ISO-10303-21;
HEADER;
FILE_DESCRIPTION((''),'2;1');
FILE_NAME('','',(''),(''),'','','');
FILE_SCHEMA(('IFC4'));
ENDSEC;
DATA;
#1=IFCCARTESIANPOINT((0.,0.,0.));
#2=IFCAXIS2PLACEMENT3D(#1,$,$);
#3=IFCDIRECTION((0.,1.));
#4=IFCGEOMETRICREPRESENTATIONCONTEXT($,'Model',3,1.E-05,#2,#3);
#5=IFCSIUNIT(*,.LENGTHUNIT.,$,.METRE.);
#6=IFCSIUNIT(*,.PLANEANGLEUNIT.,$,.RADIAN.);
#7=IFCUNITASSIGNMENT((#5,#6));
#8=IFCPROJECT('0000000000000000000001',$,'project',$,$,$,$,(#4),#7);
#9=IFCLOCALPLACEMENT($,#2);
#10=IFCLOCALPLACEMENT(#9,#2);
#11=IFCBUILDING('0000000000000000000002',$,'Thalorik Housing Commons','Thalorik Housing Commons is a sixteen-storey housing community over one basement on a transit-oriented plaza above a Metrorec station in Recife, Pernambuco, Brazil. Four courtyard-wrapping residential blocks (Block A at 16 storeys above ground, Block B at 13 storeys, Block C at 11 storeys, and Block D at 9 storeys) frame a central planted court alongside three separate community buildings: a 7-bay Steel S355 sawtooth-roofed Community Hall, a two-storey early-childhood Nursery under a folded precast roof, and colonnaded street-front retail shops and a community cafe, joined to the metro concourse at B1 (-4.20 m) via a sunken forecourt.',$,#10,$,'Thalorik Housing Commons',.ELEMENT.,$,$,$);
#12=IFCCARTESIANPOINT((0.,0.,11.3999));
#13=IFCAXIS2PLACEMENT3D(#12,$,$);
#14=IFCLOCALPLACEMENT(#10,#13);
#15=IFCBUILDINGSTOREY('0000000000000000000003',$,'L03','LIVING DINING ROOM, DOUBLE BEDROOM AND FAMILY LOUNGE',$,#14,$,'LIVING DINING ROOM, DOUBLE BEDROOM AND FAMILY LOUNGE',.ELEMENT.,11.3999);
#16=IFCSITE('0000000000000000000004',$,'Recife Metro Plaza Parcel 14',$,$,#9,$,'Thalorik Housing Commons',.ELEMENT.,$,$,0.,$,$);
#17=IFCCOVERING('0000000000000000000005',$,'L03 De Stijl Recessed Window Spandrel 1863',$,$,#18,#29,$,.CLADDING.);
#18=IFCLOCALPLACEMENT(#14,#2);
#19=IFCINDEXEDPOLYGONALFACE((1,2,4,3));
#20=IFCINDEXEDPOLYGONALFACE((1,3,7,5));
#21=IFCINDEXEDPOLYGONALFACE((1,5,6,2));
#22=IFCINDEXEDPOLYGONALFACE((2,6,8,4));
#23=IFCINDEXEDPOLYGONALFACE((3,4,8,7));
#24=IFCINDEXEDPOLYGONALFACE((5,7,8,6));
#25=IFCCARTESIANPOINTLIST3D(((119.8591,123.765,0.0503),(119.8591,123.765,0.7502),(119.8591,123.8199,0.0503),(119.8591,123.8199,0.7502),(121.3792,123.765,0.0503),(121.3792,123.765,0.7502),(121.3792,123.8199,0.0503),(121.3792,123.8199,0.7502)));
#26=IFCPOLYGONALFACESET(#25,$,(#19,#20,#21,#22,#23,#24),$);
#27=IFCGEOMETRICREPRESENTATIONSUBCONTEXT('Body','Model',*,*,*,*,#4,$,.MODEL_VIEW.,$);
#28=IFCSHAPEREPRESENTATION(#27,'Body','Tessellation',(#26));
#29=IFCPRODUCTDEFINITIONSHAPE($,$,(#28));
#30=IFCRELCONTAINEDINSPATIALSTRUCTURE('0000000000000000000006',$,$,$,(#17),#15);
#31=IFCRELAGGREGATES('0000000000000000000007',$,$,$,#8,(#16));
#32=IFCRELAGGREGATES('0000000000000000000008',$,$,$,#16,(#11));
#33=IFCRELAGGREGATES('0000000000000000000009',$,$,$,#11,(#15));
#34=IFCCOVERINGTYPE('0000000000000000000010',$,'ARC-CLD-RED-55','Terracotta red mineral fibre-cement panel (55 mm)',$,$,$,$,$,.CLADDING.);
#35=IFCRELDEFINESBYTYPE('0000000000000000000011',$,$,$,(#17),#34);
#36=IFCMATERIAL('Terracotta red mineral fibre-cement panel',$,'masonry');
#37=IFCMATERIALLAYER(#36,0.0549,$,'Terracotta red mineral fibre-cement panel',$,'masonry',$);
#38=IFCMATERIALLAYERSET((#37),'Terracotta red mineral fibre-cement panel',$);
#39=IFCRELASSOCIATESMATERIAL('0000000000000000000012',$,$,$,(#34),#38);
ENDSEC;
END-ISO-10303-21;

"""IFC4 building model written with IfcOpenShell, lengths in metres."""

from ifc_helpers import new_model, si_unit, direction, frame, origin, origin_2d, place, context, subcontext, project, spatial, rectangle, extrude, material, layer, layer_set, type_object, element, save


model = new_model("IFC4")

# Units and contexts
model_context = context("Model", 3, precision=1e-05, world=origin(), true_north=direction((0.0, 1.0)))
body_context = subcontext(model_context, "Body", "Model", "MODEL_VIEW")
ifc_project = project(units=[si_unit("LENGTHUNIT", "METRE"), si_unit("PLANEANGLEUNIT", "RADIAN")], contexts=[model_context])

# Site, building, storey
site_placement = place(None, origin())
site = spatial("IfcSite", under=ifc_project, at=site_placement, Name="Recife Metro Plaza Parcel 14", LongName="Thalorik Housing Commons", CompositionType="ELEMENT", RefElevation=0.0)
building_placement = place(site_placement, origin())
building = spatial("IfcBuilding", under=site, at=building_placement, Name="Thalorik Housing Commons", Description="Thalorik Housing Commons is a sixteen-storey housing community over one basement on a transit-oriented plaza above a Metrorec station in Recife, Pernambuco, Brazil. Four courtyard-wrapping residential blocks (Block A at 16 storeys above ground, Block B at 13 storeys, Block C at 11 storeys, and Block D at 9 storeys) frame a central planted court alongside three separate community buildings: a 7-bay Steel S355 sawtooth-roofed Community Hall, a two-storey early-childhood Nursery under a folded precast roof, and colonnaded street-front retail shops and a community cafe, joined to the metro concourse at B1 (-4.20 m) via a sunken forecourt.", LongName="Thalorik Housing Commons", CompositionType="ELEMENT")
storey_placement = place(building_placement, frame((0.0, 0.0, 11.3999)))
storey = spatial("IfcBuildingStorey", under=building, at=storey_placement, Name="L03", Description="LIVING DINING ROOM, DOUBLE BEDROOM AND FAMILY LOUNGE", LongName="LIVING DINING ROOM, DOUBLE BEDROOM AND FAMILY LOUNGE", CompositionType="ELEMENT", Elevation=11.3999)

# Covering
ifc_material_1 = material(Name="Terracotta red mineral fibre-cement panel", Category="masonry")
ifc_layer_1 = layer(ifc_material_1, 0.0549, Name="Terracotta red mineral fibre-cement panel", Category="masonry")
ifc_layer_set_1 = layer_set([ifc_layer_1], Name="Terracotta red mineral fibre-cement panel")
covering_type_1 = type_object("IfcCoveringType", Name="ARC-CLD-RED-55", Description="Terracotta red mineral fibre-cement panel (55 mm)", PredefinedType="CLADDING", material=ifc_layer_set_1)
covering_1_placement = place(storey_placement, frame((120.6191, 123.7925, 0.0503), z_axis=(0.0, 0.0, 1.0), x_axis=(-1.0, 0.0, 0.0)))
element("IfcCovering", 1, at=covering_1_placement, inside=storey, type_object=covering_type_1, Name="L03 De Stijl Recessed Window Spandrel 1863", PredefinedType="CLADDING", context=body_context, shape_type="SweptSolid", body=[
    extrude(rectangle(XDim=1.52, YDim=0.0549, at=origin_2d()), origin(), (0.0, 0.0, 1.0), 0.7),
])

save(model, "model.ifc")
